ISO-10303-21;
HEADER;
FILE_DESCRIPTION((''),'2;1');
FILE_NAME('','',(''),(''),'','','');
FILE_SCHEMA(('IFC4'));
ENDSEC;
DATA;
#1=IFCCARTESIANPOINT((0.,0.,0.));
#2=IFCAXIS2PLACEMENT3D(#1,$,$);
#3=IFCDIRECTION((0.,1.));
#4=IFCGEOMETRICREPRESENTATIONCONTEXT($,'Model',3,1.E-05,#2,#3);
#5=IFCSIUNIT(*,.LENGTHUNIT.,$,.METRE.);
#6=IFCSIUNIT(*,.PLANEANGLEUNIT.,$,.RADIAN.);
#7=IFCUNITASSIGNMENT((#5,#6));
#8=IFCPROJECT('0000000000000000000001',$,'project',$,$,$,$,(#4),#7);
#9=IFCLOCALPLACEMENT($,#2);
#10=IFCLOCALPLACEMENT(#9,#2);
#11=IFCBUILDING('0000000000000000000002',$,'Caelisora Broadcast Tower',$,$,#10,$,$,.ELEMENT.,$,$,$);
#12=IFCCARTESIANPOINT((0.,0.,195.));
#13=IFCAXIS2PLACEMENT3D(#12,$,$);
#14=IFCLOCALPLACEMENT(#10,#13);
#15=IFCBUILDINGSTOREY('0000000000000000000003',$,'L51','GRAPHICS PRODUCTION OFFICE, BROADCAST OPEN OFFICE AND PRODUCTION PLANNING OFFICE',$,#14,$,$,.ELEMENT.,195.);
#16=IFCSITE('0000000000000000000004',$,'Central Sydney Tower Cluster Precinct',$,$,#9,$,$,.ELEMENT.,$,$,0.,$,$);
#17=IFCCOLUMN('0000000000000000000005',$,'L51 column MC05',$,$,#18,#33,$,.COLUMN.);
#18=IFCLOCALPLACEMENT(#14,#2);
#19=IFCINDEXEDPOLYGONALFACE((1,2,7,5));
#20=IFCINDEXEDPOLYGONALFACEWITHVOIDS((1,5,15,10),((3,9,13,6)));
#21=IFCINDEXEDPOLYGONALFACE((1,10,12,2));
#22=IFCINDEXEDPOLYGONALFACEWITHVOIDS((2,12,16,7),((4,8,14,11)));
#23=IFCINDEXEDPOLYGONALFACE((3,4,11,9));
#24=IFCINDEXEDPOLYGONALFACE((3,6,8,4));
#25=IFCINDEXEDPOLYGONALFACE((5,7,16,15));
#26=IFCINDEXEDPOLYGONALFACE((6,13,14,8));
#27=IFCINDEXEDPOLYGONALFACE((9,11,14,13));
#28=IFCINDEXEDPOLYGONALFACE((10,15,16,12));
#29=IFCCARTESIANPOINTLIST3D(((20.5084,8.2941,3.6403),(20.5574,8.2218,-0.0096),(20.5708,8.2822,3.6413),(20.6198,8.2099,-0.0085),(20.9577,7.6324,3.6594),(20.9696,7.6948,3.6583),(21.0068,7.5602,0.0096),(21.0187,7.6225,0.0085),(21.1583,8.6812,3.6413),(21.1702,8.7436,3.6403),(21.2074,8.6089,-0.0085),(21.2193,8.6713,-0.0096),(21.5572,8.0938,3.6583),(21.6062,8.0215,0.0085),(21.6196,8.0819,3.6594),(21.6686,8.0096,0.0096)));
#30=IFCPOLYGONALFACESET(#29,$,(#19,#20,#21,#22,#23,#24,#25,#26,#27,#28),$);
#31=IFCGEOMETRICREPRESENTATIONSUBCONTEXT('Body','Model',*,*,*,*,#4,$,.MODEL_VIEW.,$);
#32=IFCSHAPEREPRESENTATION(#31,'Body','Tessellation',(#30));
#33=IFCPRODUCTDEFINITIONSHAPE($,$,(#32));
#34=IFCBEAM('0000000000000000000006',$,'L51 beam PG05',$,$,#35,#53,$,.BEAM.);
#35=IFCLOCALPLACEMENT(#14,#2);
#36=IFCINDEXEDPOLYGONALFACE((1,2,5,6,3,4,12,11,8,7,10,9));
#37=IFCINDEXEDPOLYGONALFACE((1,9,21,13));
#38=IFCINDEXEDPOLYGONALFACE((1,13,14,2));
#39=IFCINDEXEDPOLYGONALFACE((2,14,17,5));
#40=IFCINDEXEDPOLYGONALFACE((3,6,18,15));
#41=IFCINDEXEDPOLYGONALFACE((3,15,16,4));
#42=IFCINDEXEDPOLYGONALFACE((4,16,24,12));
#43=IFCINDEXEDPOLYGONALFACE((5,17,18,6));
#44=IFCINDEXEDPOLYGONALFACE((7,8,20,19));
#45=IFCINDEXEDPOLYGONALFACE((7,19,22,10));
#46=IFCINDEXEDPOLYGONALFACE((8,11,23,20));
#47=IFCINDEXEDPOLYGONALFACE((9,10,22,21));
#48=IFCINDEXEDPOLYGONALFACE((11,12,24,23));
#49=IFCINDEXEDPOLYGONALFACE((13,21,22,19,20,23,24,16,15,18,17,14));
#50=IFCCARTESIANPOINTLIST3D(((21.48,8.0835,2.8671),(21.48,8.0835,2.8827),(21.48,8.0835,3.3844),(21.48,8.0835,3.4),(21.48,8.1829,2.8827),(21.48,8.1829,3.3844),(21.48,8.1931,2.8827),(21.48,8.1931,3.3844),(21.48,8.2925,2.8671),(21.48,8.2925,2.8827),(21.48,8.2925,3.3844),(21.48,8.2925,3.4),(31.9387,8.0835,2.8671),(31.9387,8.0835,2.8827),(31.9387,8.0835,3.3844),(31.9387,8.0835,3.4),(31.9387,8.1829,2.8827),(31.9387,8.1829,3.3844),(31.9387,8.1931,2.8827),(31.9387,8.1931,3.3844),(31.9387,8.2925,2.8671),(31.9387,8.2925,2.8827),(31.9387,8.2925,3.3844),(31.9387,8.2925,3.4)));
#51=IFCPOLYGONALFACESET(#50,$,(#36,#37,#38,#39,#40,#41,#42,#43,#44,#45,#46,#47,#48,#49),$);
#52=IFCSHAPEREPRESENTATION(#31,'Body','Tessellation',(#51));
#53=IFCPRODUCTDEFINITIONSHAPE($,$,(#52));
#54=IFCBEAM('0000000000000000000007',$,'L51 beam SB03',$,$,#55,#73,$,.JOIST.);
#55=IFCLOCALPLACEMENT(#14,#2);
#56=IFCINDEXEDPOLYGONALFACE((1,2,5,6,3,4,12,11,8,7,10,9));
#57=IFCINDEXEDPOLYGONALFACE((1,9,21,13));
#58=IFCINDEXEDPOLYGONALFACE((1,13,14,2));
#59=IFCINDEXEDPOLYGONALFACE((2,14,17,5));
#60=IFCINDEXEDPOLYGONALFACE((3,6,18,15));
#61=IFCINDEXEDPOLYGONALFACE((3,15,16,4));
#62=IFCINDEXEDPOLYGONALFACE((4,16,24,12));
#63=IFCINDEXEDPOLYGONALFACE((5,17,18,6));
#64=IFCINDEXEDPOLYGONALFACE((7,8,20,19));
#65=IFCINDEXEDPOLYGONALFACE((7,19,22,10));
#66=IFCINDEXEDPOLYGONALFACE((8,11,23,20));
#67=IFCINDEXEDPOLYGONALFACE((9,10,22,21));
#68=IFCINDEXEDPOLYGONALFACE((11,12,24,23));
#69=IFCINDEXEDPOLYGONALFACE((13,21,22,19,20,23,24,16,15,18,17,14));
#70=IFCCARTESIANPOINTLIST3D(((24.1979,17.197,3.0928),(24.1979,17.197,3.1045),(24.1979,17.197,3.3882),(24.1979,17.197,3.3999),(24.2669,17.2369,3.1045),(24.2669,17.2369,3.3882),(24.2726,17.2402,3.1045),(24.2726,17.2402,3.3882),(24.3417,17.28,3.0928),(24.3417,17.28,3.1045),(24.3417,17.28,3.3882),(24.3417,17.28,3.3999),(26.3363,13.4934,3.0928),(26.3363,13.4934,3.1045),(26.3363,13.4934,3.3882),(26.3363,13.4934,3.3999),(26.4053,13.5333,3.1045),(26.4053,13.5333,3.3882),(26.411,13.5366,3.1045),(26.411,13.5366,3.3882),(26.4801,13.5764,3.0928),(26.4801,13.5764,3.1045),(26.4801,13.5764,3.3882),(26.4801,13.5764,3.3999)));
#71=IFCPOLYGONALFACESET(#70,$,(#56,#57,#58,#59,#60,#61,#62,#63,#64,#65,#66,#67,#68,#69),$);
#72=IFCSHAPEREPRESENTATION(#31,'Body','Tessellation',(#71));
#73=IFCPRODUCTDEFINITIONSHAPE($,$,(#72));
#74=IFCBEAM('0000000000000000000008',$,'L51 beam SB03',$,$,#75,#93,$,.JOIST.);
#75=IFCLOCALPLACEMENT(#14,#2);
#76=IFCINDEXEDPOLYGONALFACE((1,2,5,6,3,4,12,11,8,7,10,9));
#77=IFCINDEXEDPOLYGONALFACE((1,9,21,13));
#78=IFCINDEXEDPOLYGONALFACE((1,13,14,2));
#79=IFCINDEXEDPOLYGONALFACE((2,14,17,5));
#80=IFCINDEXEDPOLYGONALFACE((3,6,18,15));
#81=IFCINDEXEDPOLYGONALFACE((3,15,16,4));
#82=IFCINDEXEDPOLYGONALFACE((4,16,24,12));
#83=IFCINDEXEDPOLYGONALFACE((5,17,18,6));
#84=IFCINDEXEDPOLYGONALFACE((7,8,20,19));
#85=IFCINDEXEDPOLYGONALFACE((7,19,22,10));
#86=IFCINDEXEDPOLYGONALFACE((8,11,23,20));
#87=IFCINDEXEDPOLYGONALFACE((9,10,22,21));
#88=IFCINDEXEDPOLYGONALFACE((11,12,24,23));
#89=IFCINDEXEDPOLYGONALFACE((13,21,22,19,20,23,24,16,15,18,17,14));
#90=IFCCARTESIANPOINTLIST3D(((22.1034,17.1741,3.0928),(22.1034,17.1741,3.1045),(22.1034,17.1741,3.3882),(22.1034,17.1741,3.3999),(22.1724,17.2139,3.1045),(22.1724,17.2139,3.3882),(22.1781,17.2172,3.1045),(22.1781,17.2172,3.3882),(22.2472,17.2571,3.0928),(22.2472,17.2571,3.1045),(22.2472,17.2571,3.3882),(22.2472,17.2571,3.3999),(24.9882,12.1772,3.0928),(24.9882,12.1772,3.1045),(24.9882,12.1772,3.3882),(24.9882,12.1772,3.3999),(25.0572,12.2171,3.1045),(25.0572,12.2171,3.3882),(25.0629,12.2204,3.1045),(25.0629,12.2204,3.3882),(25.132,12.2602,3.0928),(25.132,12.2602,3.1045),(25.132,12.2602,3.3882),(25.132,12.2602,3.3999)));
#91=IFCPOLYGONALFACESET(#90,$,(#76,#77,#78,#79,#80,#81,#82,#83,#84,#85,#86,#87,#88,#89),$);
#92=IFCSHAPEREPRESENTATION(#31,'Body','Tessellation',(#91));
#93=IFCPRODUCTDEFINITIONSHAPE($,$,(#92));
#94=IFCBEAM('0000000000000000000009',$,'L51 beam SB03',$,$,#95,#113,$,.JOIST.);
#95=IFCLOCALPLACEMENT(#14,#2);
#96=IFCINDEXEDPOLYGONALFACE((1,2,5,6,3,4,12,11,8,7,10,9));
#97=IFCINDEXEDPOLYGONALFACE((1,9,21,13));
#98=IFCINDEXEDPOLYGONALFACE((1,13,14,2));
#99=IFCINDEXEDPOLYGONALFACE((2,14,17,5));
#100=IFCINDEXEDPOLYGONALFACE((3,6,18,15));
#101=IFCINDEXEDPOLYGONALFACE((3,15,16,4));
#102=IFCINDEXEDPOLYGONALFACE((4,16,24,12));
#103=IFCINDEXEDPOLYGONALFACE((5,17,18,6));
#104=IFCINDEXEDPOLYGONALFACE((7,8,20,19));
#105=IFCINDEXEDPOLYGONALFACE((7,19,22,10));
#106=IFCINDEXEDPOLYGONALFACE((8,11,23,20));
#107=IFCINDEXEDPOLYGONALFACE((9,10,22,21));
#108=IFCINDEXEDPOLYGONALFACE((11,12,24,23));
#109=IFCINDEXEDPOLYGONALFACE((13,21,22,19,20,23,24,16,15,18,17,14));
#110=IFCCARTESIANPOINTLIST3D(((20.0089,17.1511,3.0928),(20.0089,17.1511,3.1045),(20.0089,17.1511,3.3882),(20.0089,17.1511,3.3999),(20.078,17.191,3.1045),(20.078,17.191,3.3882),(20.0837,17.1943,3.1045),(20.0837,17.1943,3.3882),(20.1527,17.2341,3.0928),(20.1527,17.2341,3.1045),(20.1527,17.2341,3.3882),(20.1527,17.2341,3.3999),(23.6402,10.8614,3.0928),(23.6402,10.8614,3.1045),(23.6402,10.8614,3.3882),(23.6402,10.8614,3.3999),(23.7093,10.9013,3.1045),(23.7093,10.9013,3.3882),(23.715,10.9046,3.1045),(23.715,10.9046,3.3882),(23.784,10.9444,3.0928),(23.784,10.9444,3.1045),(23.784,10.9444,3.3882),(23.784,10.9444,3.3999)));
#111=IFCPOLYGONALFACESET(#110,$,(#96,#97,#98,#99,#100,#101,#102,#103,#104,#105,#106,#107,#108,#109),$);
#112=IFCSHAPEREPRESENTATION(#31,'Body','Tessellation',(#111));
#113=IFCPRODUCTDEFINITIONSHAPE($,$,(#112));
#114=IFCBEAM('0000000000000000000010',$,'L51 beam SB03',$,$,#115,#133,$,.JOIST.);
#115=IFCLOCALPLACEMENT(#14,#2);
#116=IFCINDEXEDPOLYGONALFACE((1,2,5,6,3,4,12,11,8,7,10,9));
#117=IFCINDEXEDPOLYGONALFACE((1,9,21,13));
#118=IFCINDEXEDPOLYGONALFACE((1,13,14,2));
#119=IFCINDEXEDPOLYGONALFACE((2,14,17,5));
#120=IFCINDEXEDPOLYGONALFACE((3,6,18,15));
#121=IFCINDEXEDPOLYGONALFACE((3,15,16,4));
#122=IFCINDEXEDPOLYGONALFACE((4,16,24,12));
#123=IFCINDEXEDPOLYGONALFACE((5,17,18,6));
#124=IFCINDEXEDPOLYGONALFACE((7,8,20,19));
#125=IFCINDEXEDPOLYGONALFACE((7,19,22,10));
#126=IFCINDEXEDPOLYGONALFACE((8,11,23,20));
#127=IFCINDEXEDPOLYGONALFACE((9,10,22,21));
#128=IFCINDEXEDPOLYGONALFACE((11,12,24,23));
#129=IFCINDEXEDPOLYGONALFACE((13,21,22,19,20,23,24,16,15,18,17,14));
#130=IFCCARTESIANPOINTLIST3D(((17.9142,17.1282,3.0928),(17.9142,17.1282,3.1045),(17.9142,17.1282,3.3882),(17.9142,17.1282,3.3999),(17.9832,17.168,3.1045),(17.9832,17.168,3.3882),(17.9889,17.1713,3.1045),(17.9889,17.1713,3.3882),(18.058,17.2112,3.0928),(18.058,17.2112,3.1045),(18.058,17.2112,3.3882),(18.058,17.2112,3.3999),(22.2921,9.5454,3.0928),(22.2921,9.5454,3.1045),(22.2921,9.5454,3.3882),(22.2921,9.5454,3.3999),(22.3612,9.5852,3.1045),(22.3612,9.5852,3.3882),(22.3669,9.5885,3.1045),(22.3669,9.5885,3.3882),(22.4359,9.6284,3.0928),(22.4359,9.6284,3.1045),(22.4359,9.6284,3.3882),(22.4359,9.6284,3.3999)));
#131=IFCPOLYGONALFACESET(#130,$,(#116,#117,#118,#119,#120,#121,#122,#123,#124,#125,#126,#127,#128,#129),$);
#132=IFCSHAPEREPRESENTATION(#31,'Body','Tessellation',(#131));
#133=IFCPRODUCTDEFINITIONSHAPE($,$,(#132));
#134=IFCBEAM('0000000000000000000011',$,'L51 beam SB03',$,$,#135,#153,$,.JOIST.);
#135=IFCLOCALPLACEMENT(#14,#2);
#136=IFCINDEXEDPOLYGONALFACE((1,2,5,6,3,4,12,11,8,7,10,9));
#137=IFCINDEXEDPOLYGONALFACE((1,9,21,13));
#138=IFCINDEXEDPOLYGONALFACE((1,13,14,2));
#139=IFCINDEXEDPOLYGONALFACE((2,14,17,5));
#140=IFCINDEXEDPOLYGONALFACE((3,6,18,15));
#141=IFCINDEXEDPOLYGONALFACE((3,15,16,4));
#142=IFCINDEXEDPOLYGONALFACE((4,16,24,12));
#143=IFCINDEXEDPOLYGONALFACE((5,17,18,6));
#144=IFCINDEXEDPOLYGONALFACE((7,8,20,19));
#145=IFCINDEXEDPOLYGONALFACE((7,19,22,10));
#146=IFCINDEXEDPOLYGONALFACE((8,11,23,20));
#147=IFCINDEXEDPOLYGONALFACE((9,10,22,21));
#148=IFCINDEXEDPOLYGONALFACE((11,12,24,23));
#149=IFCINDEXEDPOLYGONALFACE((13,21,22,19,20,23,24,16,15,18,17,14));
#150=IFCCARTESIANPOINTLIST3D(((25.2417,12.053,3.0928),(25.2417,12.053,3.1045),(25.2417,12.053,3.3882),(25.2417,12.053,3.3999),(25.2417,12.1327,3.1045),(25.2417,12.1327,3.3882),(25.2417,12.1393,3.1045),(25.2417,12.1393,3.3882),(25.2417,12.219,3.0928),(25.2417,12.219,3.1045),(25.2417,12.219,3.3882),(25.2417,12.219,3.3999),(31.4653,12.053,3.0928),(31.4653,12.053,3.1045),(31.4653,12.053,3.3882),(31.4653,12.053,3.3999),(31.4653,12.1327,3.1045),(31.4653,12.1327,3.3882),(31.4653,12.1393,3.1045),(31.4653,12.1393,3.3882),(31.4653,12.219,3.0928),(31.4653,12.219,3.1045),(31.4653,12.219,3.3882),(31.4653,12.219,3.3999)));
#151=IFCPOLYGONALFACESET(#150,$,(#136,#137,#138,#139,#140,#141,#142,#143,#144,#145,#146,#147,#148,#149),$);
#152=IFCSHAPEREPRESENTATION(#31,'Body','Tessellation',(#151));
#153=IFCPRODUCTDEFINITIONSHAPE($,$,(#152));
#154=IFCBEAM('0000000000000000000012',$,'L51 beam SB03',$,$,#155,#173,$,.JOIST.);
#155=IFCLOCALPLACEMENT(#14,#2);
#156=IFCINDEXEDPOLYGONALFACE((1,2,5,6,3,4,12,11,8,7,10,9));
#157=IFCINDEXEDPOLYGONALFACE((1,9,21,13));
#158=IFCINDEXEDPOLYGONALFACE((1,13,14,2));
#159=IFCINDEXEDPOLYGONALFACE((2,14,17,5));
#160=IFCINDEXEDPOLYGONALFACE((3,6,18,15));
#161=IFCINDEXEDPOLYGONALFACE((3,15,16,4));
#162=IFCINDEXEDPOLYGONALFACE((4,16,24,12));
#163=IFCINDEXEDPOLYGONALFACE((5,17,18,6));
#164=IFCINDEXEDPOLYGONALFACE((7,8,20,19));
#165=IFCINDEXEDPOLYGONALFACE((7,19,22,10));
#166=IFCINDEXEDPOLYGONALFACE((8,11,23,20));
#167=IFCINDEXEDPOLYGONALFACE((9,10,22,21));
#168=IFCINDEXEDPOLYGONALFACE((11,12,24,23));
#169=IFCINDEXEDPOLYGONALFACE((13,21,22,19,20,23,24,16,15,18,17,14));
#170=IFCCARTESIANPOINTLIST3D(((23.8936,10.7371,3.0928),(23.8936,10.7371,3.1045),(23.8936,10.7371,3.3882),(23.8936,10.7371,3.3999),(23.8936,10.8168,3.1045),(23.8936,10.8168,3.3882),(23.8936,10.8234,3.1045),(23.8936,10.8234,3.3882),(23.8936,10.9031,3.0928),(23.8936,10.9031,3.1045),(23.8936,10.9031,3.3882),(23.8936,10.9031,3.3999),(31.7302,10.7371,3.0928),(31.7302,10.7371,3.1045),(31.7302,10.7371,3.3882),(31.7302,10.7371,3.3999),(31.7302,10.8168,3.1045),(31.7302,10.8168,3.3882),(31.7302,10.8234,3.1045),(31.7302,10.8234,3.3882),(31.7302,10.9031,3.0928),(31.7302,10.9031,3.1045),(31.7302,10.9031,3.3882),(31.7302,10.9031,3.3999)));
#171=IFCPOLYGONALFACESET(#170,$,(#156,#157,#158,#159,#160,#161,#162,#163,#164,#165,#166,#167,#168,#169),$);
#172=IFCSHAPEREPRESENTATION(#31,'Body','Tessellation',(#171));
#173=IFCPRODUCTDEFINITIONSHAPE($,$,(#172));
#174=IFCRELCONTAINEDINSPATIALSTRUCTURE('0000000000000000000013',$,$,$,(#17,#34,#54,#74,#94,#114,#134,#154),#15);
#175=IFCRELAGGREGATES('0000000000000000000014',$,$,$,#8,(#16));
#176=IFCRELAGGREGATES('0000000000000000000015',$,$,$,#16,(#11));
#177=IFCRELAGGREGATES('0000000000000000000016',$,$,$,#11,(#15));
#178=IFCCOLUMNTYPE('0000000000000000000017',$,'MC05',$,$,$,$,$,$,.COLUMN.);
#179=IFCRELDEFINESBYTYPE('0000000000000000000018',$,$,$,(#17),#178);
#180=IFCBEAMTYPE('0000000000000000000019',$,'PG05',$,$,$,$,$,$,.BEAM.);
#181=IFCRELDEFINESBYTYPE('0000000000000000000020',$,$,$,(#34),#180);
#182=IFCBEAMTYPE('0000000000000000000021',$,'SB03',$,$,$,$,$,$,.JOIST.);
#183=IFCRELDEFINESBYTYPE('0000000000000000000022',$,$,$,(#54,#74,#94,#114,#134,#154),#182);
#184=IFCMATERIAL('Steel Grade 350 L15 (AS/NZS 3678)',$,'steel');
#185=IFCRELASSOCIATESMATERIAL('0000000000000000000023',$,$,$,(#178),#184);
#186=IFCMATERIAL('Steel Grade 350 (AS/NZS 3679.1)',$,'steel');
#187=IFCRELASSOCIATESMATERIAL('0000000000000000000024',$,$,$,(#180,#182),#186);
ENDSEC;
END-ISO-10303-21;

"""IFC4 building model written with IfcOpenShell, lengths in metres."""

from ifc_helpers import new_model, si_unit, direction, frame, origin, origin_2d, place, context, subcontext, project, spatial, hollow_rectangle, i_section, extrude, source, transform, mapped, material, material_profile, profile_set, type_object, type_shapes, element, save


model = new_model("IFC4")

# Units and contexts
model_context = context("Model", 3, precision=1e-05, world=origin(), true_north=direction((0.0, 1.0)))
body_context = subcontext(model_context, "Body", "Model", "MODEL_VIEW")
ifc_project = project(units=[si_unit("LENGTHUNIT", "METRE"), si_unit("PLANEANGLEUNIT", "RADIAN")], contexts=[model_context])

# Site, building, storey
site_placement = place(None, origin())
site = spatial("IfcSite", under=ifc_project, at=site_placement, Name="Central Sydney Tower Cluster Precinct", CompositionType="ELEMENT", RefElevation=0.0)
building_placement = place(site_placement, origin())
building = spatial("IfcBuilding", under=site, at=building_placement, Name="Caelisora Broadcast Tower", CompositionType="ELEMENT")
storey_placement = place(building_placement, frame((0.0, 0.0, 195.0)))
storey = spatial("IfcBuildingStorey", under=building, at=storey_placement, Name="L51", Description="GRAPHICS PRODUCTION OFFICE, BROADCAST OPEN OFFICE AND PRODUCTION PLANNING OFFICE", CompositionType="ELEMENT", Elevation=195.0)

# Column
ifc_material_1 = material(Name="Steel Grade 350 L15 (AS/NZS 3678)", Category="steel")
ifc_material_profile_1 = material_profile(ifc_material_1, hollow_rectangle(XDim=0.8, YDim=0.8, WallThickness=0.0449, at=origin_2d()), Name="Steel Grade 350 L15 (AS/NZS 3678)")
ifc_profile_set_1 = profile_set([ifc_material_profile_1], Name="Steel Grade 350 L15 (AS/NZS 3678)")
column_type = type_object("IfcColumnType", Name="MC05", PredefinedType="COLUMN", material=ifc_profile_set_1)
shared_shape_1 = source(origin(), body_context, "Body", "SweptSolid", [
    extrude(hollow_rectangle(XDim=0.8, YDim=0.8, WallThickness=0.0449, at=origin_2d()), origin(), (0.0, 0.0, 1.0), 3.6509),
])
type_shapes(column_type, [shared_shape_1])
column_placement = place(storey_placement, frame((21.113, 8.1157, 0.0), z_axis=(-0.013441, 0.019794, 0.999714), x_axis=(-0.82729, -0.561775, 0.0)))
element("IfcColumn", 1, at=column_placement, inside=storey, type_object=column_type, Name="L51 column MC05", PredefinedType="COLUMN", context=body_context, shape_type="MappedRepresentation", body=[
    mapped(shared_shape_1, transform((0.0, 0.0, 0.0), scale=1.0)),
])

# Beams
ifc_material_2 = material(Name="Steel Grade 350 (AS/NZS 3679.1)", Category="steel")
ifc_material_profile_2 = material_profile(ifc_material_2, i_section(OverallWidth=0.209, OverallDepth=0.533, WebThickness=0.0103, FlangeThickness=0.0156, at=origin_2d()), Name="Steel Grade 350 (AS/NZS 3679.1)")
ifc_profile_set_2 = profile_set([ifc_material_profile_2], Name="Steel Grade 350 (AS/NZS 3679.1)")
beam_type_1 = type_object("IfcBeamType", Name="PG05", PredefinedType="BEAM", material=ifc_profile_set_2)
shared_shape_2 = source(origin(), body_context, "Body", "SweptSolid", [
    extrude(i_section(OverallWidth=0.209, OverallDepth=0.533, WebThickness=0.0103, FlangeThickness=0.0156, at=origin_2d()), origin(), (0.0, 0.0, 1.0), 10.4587),
])
type_shapes(beam_type_1, [shared_shape_2])
beam_1_placement = place(storey_placement, frame((21.48, 8.188, 3.1335), z_axis=(1.0, 0.0, 0.0), x_axis=(0.0, 1.0, 0.0)))
element("IfcBeam", 2, at=beam_1_placement, inside=storey, type_object=beam_type_1, Name="L51 beam PG05", PredefinedType="BEAM", context=body_context, shape_type="MappedRepresentation", body=[
    mapped(shared_shape_2, transform((0.0, 0.0, 0.0), scale=1.0)),
])
ifc_material_profile_3 = material_profile(ifc_material_2, i_section(OverallWidth=0.166, OverallDepth=0.3071, WebThickness=0.0066, FlangeThickness=0.0117, at=origin_2d()), Name="Steel Grade 350 (AS/NZS 3679.1)")
ifc_profile_set_3 = profile_set([ifc_material_profile_3], Name="Steel Grade 350 (AS/NZS 3679.1)")
beam_type_2 = type_object("IfcBeamType", Name="SB03", PredefinedType="JOIST", material=ifc_profile_set_3)
shared_shape_3 = source(origin(), body_context, "Body", "SweptSolid", [
    extrude(i_section(OverallWidth=0.166, OverallDepth=0.3071, WebThickness=0.0066, FlangeThickness=0.0117, at=origin_2d()), origin(), (0.0, 0.0, 1.0), 4.2766),
])
beam_2_placement = place(storey_placement, frame((24.2698, 17.2385, 3.2463), z_axis=(0.500026, -0.866011, 0.0), x_axis=(0.866011, 0.500026, 0.0)))
element("IfcBeam", 3, at=beam_2_placement, inside=storey, type_object=beam_type_2, Name="L51 beam SB03", PredefinedType="JOIST", context=body_context, shape_type="MappedRepresentation", body=[
    mapped(shared_shape_3, transform((0.0, 0.0, 0.0), scale=1.0)),
])
shared_shape_4 = source(origin(), body_context, "Body", "SweptSolid", [
    extrude(i_section(OverallWidth=0.166, OverallDepth=0.3071, WebThickness=0.0066, FlangeThickness=0.0117, at=origin_2d()), origin(), (0.0, 0.0, 1.0), 5.7698),
])
beam_3_placement = place(storey_placement, frame((22.1753, 17.2156, 3.2463), z_axis=(0.49998, -0.866037, 0.0), x_axis=(0.866037, 0.49998, 0.0)))
element("IfcBeam", 4, at=beam_3_placement, inside=storey, type_object=beam_type_2, Name="L51 beam SB03", PredefinedType="JOIST", context=body_context, shape_type="MappedRepresentation", body=[
    mapped(shared_shape_4, transform((0.0, 0.0, 0.0), scale=1.0)),
])
shared_shape_5 = source(origin(), body_context, "Body", "SweptSolid", [
    extrude(i_section(OverallWidth=0.166, OverallDepth=0.3071, WebThickness=0.0066, FlangeThickness=0.0117, at=origin_2d()), origin(), (0.0, 0.0, 1.0), 7.2627),
])
beam_4_placement = place(storey_placement, frame((20.0808, 17.1926, 3.2463), z_axis=(0.499993, -0.866029, 0.0), x_axis=(0.866029, 0.499993, 0.0)))
element("IfcBeam", 5, at=beam_4_placement, inside=storey, type_object=beam_type_2, Name="L51 beam SB03", PredefinedType="JOIST", context=body_context, shape_type="MappedRepresentation", body=[
    mapped(shared_shape_5, transform((0.0, 0.0, 0.0), scale=1.0)),
])
shared_shape_6 = source(origin(), body_context, "Body", "SweptSolid", [
    extrude(i_section(OverallWidth=0.166, OverallDepth=0.3071, WebThickness=0.0066, FlangeThickness=0.0117, at=origin_2d()), origin(), (0.0, 0.0, 1.0), 8.7559),
])
beam_5_placement = place(storey_placement, frame((17.9861, 17.1697, 3.2463), z_axis=(0.500002, -0.866024, 0.0), x_axis=(0.866024, 0.500002, 0.0)))
element("IfcBeam", 6, at=beam_5_placement, inside=storey, type_object=beam_type_2, Name="L51 beam SB03", PredefinedType="JOIST", context=body_context, shape_type="MappedRepresentation", body=[
    mapped(shared_shape_6, transform((0.0, 0.0, 0.0), scale=1.0)),
])
shared_shape_7 = source(origin(), body_context, "Body", "SweptSolid", [
    extrude(i_section(OverallWidth=0.166, OverallDepth=0.3071, WebThickness=0.0066, FlangeThickness=0.0117, at=origin_2d()), origin(), (0.0, 0.0, 1.0), 6.2236),
])
beam_6_placement = place(storey_placement, frame((25.2417, 12.136, 3.2463), z_axis=(1.0, 0.0, 0.0), x_axis=(0.0, 1.0, 0.0)))
element("IfcBeam", 7, at=beam_6_placement, inside=storey, type_object=beam_type_2, Name="L51 beam SB03", PredefinedType="JOIST", context=body_context, shape_type="MappedRepresentation", body=[
    mapped(shared_shape_7, transform((0.0, 0.0, 0.0), scale=1.0)),
])
shared_shape_8 = source(origin(), body_context, "Body", "SweptSolid", [
    extrude(i_section(OverallWidth=0.166, OverallDepth=0.3071, WebThickness=0.0066, FlangeThickness=0.0117, at=origin_2d()), origin(), (0.0, 0.0, 1.0), 7.8367),
])
beam_7_placement = place(storey_placement, frame((23.8936, 10.8201, 3.2463), z_axis=(1.0, 0.0, 0.0), x_axis=(0.0, 1.0, 0.0)))
element("IfcBeam", 8, at=beam_7_placement, inside=storey, type_object=beam_type_2, Name="L51 beam SB03", PredefinedType="JOIST", context=body_context, shape_type="MappedRepresentation", body=[
    mapped(shared_shape_8, transform((0.0, 0.0, 0.0), scale=1.0)),
])

save(model, "model.ifc")
